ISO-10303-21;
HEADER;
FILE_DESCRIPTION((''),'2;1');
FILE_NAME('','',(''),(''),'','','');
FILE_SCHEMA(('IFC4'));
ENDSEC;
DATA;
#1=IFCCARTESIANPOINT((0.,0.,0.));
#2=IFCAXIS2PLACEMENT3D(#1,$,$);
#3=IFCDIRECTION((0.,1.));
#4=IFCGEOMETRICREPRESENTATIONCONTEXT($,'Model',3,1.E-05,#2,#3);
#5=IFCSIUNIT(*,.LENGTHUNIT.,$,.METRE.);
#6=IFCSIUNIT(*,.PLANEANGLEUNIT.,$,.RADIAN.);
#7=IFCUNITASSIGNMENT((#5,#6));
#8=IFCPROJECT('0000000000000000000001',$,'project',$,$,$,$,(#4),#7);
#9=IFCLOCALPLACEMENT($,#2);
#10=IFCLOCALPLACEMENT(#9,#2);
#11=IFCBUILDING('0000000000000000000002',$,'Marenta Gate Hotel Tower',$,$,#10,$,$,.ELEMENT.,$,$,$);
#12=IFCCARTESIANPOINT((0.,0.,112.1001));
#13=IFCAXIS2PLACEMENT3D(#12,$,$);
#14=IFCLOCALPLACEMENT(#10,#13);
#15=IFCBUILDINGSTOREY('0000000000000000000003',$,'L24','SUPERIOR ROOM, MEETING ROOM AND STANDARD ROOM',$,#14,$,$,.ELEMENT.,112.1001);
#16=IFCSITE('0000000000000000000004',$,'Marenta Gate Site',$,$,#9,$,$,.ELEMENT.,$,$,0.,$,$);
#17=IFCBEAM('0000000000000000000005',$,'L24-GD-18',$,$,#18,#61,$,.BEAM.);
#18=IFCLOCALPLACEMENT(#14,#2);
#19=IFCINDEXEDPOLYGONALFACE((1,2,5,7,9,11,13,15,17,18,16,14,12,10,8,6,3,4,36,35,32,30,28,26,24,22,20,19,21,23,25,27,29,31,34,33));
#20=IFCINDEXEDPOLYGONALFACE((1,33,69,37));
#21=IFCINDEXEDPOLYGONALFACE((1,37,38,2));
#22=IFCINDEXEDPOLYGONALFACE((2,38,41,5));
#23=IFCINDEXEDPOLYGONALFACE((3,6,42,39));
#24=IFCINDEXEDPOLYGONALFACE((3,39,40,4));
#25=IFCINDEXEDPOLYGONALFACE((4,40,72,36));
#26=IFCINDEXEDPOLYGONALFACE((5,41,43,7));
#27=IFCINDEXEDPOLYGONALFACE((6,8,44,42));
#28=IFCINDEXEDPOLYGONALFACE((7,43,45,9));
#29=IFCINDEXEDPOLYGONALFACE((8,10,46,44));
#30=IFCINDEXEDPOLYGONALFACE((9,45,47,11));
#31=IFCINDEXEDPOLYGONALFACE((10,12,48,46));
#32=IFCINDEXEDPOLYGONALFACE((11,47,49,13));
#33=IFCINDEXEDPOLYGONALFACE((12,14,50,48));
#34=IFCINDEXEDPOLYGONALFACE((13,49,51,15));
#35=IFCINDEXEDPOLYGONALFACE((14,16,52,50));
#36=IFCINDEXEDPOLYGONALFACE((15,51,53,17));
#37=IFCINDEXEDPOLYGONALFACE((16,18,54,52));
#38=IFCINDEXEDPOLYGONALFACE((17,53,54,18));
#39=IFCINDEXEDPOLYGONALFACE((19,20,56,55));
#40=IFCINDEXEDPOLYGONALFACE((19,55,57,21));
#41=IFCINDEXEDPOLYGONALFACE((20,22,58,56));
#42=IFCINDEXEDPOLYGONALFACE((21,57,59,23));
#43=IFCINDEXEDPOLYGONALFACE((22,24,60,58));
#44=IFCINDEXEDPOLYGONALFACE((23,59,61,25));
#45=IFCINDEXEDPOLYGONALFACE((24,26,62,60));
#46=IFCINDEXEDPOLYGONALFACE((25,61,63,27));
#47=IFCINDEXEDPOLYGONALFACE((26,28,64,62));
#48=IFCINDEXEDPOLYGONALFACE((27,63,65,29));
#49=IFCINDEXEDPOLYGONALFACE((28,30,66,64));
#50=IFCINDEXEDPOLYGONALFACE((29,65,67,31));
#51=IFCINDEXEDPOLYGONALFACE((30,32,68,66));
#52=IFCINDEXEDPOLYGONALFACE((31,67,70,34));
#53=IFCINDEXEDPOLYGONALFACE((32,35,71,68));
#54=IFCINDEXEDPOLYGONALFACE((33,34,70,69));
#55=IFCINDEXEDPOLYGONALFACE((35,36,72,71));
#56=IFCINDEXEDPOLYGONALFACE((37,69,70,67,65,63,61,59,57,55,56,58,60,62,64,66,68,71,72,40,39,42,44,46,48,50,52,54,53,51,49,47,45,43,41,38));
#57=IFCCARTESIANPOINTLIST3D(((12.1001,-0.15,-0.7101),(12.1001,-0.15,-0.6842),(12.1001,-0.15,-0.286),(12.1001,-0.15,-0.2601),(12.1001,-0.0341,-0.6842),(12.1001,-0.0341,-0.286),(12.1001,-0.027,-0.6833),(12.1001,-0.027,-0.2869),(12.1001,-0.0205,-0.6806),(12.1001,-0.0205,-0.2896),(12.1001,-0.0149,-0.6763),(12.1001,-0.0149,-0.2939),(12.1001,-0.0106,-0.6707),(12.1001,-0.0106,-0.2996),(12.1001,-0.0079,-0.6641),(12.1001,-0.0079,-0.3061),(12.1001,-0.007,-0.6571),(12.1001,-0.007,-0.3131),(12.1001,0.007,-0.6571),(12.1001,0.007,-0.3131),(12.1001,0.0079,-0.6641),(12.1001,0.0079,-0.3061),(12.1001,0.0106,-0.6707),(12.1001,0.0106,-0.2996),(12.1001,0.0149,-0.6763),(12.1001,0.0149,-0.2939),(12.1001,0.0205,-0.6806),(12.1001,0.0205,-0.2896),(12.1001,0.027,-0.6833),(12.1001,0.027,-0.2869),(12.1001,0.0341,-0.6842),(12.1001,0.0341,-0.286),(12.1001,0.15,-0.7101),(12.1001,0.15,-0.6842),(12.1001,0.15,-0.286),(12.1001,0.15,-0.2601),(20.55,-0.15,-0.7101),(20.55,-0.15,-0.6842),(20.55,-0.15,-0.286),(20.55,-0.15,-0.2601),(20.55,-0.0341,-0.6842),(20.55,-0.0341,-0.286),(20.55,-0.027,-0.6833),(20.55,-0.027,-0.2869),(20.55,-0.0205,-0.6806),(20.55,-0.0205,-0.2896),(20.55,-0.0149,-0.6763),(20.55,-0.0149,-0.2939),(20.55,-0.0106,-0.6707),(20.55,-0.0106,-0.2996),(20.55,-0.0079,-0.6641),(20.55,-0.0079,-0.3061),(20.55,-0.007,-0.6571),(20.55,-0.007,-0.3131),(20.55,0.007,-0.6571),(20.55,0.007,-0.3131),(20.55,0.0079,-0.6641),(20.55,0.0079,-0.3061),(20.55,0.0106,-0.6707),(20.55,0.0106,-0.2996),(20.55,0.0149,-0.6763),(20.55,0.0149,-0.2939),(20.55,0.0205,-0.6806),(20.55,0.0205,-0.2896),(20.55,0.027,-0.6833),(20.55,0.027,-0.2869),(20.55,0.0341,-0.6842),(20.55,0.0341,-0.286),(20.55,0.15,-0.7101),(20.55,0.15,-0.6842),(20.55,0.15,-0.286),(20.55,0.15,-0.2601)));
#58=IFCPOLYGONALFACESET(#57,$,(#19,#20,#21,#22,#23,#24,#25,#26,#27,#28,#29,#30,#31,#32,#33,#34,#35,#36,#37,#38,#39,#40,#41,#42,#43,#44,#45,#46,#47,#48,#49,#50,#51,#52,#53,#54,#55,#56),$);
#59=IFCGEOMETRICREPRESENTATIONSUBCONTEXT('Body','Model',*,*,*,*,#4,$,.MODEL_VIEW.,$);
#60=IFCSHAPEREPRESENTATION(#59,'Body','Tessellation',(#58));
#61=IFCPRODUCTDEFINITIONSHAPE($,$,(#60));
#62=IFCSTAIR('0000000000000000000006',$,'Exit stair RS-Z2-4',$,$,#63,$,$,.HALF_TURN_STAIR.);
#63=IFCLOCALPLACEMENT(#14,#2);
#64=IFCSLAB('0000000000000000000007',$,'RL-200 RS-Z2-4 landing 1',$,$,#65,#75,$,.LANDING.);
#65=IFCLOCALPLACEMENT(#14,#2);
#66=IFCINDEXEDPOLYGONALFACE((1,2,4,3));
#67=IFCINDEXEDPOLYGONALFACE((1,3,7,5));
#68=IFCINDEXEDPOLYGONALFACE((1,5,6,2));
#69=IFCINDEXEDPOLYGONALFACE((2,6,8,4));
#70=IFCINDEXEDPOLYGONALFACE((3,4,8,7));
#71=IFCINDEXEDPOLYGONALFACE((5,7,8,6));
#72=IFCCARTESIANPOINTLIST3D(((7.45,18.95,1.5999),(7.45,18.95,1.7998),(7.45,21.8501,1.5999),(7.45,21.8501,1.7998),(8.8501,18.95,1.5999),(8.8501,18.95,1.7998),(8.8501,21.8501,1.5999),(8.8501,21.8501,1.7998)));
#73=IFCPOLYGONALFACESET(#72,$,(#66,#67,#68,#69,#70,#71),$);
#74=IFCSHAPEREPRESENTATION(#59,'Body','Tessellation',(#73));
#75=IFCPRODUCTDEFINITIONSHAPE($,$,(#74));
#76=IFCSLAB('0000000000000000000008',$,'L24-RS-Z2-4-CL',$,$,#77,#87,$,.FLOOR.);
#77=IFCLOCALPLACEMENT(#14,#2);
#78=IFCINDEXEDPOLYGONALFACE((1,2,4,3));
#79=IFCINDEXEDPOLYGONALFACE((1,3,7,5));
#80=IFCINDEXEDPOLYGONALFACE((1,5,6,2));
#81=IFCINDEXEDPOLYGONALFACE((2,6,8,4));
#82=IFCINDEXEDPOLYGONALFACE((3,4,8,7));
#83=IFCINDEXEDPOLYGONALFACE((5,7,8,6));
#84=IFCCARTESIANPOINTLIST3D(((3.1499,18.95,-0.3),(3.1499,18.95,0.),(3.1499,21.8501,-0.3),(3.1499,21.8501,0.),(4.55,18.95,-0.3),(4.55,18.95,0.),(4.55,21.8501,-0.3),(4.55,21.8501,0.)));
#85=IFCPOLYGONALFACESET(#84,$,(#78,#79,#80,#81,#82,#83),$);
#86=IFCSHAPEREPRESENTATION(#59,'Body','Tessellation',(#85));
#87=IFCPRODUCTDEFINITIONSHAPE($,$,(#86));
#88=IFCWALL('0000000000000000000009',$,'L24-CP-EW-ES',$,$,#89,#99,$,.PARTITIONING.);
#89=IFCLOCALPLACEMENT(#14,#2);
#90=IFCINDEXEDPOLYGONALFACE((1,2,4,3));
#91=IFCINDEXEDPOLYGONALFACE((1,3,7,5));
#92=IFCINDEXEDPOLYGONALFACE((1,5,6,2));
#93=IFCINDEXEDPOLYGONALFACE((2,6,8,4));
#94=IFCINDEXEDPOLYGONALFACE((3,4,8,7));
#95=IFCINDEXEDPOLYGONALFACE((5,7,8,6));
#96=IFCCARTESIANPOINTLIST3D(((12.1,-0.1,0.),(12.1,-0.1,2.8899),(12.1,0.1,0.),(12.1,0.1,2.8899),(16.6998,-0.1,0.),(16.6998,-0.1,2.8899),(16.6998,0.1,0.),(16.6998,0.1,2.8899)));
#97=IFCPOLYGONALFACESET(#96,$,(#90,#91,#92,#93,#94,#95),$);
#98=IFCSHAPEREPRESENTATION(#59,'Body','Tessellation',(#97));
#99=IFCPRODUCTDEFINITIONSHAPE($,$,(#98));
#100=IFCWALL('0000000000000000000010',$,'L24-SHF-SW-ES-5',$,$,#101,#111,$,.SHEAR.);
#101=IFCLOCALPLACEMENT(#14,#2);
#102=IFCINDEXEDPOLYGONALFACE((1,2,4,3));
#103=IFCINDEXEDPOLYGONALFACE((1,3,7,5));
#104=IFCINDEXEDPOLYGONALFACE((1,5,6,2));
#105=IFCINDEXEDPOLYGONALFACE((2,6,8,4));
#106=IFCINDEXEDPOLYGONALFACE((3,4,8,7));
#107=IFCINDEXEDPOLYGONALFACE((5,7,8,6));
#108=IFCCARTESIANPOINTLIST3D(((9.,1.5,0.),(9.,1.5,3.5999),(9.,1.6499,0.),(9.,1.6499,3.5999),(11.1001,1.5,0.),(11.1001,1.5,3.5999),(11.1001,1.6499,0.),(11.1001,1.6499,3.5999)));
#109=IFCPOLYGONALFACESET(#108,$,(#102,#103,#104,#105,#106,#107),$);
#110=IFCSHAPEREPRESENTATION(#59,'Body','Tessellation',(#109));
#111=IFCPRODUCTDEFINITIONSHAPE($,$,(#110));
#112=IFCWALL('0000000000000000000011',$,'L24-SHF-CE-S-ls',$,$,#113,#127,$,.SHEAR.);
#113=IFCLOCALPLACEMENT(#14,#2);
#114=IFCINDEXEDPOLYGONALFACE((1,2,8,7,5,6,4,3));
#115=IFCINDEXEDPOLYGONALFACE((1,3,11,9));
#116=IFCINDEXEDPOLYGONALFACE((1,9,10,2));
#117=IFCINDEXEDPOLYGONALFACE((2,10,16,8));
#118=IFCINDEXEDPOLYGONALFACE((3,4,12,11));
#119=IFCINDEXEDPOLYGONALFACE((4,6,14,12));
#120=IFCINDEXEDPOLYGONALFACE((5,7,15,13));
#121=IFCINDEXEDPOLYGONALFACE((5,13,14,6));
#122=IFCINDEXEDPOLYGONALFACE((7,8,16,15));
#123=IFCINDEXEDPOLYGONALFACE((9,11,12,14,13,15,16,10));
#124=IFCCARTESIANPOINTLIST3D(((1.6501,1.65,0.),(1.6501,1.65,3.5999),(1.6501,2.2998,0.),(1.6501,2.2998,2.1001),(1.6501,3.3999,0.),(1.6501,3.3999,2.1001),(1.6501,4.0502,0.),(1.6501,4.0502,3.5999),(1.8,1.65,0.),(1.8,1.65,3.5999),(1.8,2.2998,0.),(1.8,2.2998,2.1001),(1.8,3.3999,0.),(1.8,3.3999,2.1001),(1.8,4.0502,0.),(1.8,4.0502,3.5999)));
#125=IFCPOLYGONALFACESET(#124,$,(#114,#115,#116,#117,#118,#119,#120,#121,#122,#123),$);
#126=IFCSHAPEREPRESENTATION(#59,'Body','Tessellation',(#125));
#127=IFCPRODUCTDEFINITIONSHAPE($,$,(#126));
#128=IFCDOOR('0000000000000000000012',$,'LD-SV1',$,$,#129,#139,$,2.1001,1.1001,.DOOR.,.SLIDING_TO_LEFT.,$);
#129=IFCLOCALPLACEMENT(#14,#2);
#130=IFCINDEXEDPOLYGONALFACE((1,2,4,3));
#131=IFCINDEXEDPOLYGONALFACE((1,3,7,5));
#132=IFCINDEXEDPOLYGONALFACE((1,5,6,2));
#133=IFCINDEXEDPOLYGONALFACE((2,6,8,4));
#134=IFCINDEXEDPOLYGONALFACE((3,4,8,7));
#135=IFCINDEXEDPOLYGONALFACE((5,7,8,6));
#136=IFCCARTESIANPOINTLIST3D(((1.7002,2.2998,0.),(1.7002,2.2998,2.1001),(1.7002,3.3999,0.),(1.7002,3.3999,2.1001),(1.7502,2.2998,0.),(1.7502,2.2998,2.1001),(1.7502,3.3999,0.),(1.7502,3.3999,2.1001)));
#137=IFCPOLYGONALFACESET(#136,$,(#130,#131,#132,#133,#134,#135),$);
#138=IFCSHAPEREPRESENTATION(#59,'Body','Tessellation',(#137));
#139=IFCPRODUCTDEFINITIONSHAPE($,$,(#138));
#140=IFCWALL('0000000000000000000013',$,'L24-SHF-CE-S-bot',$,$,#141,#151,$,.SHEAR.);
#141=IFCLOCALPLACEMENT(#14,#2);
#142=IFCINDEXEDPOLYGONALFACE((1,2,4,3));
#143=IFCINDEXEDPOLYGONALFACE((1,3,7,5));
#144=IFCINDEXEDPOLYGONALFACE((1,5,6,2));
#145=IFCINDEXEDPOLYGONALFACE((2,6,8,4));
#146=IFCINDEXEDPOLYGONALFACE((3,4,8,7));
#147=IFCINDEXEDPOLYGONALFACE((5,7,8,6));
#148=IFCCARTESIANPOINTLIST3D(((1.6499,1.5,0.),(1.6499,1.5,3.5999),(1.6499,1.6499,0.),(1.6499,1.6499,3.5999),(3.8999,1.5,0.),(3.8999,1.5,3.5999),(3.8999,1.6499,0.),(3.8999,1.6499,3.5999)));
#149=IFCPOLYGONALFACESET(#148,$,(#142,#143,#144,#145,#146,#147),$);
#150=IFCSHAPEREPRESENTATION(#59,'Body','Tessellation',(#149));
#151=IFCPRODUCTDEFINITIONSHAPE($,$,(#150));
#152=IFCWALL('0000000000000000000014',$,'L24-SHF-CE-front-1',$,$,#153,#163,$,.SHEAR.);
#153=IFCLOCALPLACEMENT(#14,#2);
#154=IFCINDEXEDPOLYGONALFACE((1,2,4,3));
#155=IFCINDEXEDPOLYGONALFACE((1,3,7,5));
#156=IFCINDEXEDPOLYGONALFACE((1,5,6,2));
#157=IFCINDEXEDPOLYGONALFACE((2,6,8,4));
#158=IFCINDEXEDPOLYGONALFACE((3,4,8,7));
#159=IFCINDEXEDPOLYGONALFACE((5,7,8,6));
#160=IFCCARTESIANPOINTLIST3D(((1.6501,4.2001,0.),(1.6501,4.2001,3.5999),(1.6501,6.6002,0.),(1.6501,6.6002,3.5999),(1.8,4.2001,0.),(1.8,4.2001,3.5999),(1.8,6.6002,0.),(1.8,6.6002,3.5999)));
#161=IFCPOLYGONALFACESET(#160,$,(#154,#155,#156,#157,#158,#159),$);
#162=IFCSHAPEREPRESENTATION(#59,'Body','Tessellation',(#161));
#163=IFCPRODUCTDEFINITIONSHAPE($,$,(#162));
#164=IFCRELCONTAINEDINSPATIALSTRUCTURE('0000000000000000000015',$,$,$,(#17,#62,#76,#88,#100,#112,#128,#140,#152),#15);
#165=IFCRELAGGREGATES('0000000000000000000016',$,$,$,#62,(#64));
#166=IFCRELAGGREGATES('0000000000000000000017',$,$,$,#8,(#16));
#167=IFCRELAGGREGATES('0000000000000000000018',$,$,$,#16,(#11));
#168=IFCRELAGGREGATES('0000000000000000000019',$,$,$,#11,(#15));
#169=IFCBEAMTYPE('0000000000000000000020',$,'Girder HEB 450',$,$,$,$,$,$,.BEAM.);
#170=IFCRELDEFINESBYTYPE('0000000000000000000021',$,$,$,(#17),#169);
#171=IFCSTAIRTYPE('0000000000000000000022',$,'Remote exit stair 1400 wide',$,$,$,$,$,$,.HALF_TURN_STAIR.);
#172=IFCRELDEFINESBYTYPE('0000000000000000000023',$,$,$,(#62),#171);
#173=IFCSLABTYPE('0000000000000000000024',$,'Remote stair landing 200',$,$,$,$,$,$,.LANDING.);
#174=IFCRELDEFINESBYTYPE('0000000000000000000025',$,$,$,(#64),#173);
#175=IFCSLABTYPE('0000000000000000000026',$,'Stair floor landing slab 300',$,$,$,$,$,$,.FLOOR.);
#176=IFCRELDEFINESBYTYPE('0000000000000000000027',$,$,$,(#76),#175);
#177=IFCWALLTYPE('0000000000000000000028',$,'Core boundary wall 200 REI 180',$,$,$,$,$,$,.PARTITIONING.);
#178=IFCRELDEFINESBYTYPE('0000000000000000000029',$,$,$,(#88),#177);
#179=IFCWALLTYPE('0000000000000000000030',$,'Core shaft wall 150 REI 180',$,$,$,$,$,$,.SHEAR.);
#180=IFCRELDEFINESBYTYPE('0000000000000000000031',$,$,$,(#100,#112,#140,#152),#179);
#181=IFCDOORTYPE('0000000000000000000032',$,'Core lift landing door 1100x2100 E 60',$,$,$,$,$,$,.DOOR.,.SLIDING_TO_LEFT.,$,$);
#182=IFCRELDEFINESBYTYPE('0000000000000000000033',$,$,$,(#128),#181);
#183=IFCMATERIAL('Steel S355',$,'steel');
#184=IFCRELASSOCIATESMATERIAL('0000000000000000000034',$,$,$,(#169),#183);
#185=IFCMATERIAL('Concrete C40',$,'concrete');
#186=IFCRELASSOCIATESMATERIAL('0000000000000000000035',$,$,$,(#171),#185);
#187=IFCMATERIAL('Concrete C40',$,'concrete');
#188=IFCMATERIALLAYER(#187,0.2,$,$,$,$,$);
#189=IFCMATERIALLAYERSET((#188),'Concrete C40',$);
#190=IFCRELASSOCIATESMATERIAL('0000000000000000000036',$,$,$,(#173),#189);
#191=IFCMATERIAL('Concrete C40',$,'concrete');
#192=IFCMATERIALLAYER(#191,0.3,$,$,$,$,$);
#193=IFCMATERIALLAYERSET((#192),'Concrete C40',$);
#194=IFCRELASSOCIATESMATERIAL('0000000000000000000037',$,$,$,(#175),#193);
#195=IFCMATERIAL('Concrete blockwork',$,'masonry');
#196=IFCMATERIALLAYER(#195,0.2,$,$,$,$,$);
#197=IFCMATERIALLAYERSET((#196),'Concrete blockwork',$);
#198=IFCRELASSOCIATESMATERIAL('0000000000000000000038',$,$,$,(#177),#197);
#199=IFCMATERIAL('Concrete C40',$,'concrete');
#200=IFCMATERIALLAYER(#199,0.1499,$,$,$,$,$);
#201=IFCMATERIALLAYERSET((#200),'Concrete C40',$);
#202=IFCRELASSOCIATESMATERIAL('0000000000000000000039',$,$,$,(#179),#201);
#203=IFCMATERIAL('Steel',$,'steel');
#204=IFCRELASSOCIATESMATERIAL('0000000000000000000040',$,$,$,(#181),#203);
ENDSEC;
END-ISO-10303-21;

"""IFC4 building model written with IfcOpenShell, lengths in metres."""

from ifc_helpers import new_model, si_unit, direction, frame, frame_2d, origin, origin_2d, place, context, subcontext, project, spatial, polyline, rectangle, i_section, outline, extrude, material, layer, layer_set, material_profile, profile_set, type_object, element, fill, aggregate, save


model = new_model("IFC4")

# Units and contexts
model_context = context("Model", 3, precision=1e-05, world=origin(), true_north=direction((0.0, 1.0)))
body_context = subcontext(model_context, "Body", "Model", "MODEL_VIEW")
ifc_project = project(units=[si_unit("LENGTHUNIT", "METRE"), si_unit("PLANEANGLEUNIT", "RADIAN")], contexts=[model_context])

# Site, building, storey
site_placement = place(None, origin())
site = spatial("IfcSite", under=ifc_project, at=site_placement, Name="Marenta Gate Site", CompositionType="ELEMENT", RefElevation=0.0)
building_placement = place(site_placement, origin())
building = spatial("IfcBuilding", under=site, at=building_placement, Name="Marenta Gate Hotel Tower", CompositionType="ELEMENT")
storey_placement = place(building_placement, frame((0.0, 0.0, 112.1001)))
storey = spatial("IfcBuildingStorey", under=building, at=storey_placement, Name="L24", Description="SUPERIOR ROOM, MEETING ROOM AND STANDARD ROOM", CompositionType="ELEMENT", Elevation=112.1001)

# Beam
ifc_material_1 = material(Name="Steel S355", Category="steel")
ifc_material_profile = material_profile(ifc_material_1, i_section(OverallWidth=0.3, OverallDepth=0.45, WebThickness=0.0139, FlangeThickness=0.0259, FilletRadius=0.0271, at=origin_2d()), Name="HEB 450")
ifc_profile_set = profile_set([ifc_material_profile], Name="Steel S355")
beam_type = type_object("IfcBeamType", Name="Girder HEB 450", PredefinedType="BEAM", material=ifc_profile_set)
beam_placement = place(storey_placement, frame((12.1001, 0.0, -0.4851), z_axis=(1.0, 0.0, 0.0), x_axis=(0.0, 1.0, 0.0)))
element("IfcBeam", 1, at=beam_placement, inside=storey, type_object=beam_type, Name="L24-GD-18", PredefinedType="BEAM", context=body_context, shape_type="SweptSolid", body=[
    extrude(i_section(OverallWidth=0.3, OverallDepth=0.45, WebThickness=0.0139, FlangeThickness=0.0259, FilletRadius=0.0271, at=origin_2d()), origin(), (0.0, 0.0, 1.0), 8.45),
])

# Stair, slab
ifc_material_2 = material(Name="Concrete C40", Category="concrete")
stair_type_1 = type_object("IfcStairType", Name="Remote exit stair 1400 wide", PredefinedType="HALF_TURN_STAIR", material=ifc_material_2)
stair_1_placement = place(storey_placement, origin())
stair_1 = element("IfcStair", 2, at=stair_1_placement, inside=storey, type_object=stair_type_1, Name="Exit stair RS-Z2-4", PredefinedType="HALF_TURN_STAIR")
ifc_material_3 = material(Name="Concrete C40", Category="concrete")
ifc_layer_1 = layer(ifc_material_3, 0.2)
ifc_layer_set_1 = layer_set([ifc_layer_1], Name="Concrete C40")
slab_type_1 = type_object("IfcSlabType", Name="Remote stair landing 200", PredefinedType="LANDING", material=ifc_layer_set_1)
slab_1_placement = place(storey_placement, frame((0.0, 0.0, 1.5999)))
slab_1 = element("IfcSlab", 3, at=slab_1_placement, type_object=slab_type_1, Name="RL-200 RS-Z2-4 landing 1", PredefinedType="LANDING", context=body_context, shape_type="SweptSolid", body=[
    extrude(outline(polyline([(7.45, 18.95), (8.8501, 18.95), (8.8501, 21.8501), (7.45, 21.8501), (7.45, 18.95)])), origin(), (0.0, 0.0, 1.0), 0.2),
])
aggregate(stair_1, [slab_1])

# Slab
ifc_material_4 = material(Name="Concrete C40", Category="concrete")
ifc_layer_2 = layer(ifc_material_4, 0.3)
ifc_layer_set_2 = layer_set([ifc_layer_2], Name="Concrete C40")
slab_type_2 = type_object("IfcSlabType", Name="Stair floor landing slab 300", PredefinedType="FLOOR", material=ifc_layer_set_2)
slab_2_placement = place(storey_placement, frame((0.0, 0.0, -0.3)))
element("IfcSlab", 4, at=slab_2_placement, inside=storey, type_object=slab_type_2, Name="L24-RS-Z2-4-CL", PredefinedType="FLOOR", context=body_context, shape_type="SweptSolid", body=[
    extrude(outline(polyline([(4.55, 18.95), (4.55, 21.8501), (3.1499, 21.8501), (3.1499, 18.95), (4.55, 18.95)])), origin(), (0.0, 0.0, 1.0), 0.3),
])

# Walls
ifc_material_5 = material(Name="Concrete blockwork", Category="masonry")
ifc_layer_3 = layer(ifc_material_5, 0.2)
ifc_layer_set_3 = layer_set([ifc_layer_3], Name="Concrete blockwork")
wall_type_1 = type_object("IfcWallType", Name="Core boundary wall 200 REI 180", PredefinedType="PARTITIONING", material=ifc_layer_set_3)
wall_1_placement = place(storey_placement, frame((12.1001, 0.0, 0.0), z_axis=(0.0, 0.0, 1.0), x_axis=(1.0, 0.0, 0.0)))
element("IfcWall", 5, at=wall_1_placement, inside=storey, type_object=wall_type_1, Name="L24-CP-EW-ES", PredefinedType="PARTITIONING", context=body_context, shape_type="SweptSolid", body=[
    extrude(rectangle(XDim=4.5999, YDim=0.2, at=frame_2d((2.2998, 0.0))), origin(), (0.0, 0.0, 1.0), 2.8899),
])
ifc_material_6 = material(Name="Concrete C40", Category="concrete")
ifc_layer_4 = layer(ifc_material_6, 0.1499)
ifc_layer_set_4 = layer_set([ifc_layer_4], Name="Concrete C40")
wall_type_2 = type_object("IfcWallType", Name="Core shaft wall 150 REI 180", PredefinedType="SHEAR", material=ifc_layer_set_4)
wall_2_placement = place(storey_placement, frame((9.0, 1.575, 0.0), z_axis=(0.0, 0.0, 1.0), x_axis=(1.0, 0.0, 0.0)))
element("IfcWall", 6, at=wall_2_placement, inside=storey, type_object=wall_type_2, Name="L24-SHF-SW-ES-5", PredefinedType="SHEAR", context=body_context, shape_type="SweptSolid", body=[
    extrude(rectangle(XDim=2.1001, YDim=0.1499, at=frame_2d((1.05, 0.0))), origin(), (0.0, 0.0, 1.0), 3.5999),
])

# Wall, opening, door
wall_3_placement = place(storey_placement, frame((1.7251, 1.6499, 0.0), z_axis=(0.0, 0.0, 1.0), x_axis=(0.0, 1.0, 0.0)))
wall_3 = element("IfcWall", 7, at=wall_3_placement, inside=storey, type_object=wall_type_2, Name="L24-SHF-CE-S-ls", PredefinedType="SHEAR", context=body_context, shape_type="SweptSolid", body=[
    extrude(rectangle(XDim=2.4001, YDim=0.1499, at=frame_2d((1.2002, 0.0))), origin(), (0.0, 0.0, 1.0), 3.5999),
])
opening_1_placement = place(wall_3_placement, frame((0.6499, 0.0, 0.0)))
opening_1 = element("IfcOpeningElement", 8, at=opening_1_placement, cuts=wall_3, PredefinedType="OPENING", context=body_context, shape_type="SweptSolid", body=[
    extrude(rectangle(XDim=1.1001, YDim=2.1001, at=frame_2d((0.55, 1.05))), frame((0.0, 0.075, 0.0), z_axis=(0.0, -1.0, 0.0), x_axis=(1.0, 0.0, 0.0)), (0.0, 0.0, 1.0), 0.1499),
])
ifc_material_7 = material(Name="Steel", Category="steel")
door_type_1 = type_object("IfcDoorType", Name="Core lift landing door 1100x2100 E 60", OperationType="SLIDING_TO_LEFT", PredefinedType="DOOR", material=ifc_material_7)
door_1_placement = place(opening_1_placement, origin())
door_1 = element("IfcDoor", 9, at=door_1_placement, inside=storey, type_object=door_type_1, Name="LD-SV1", OperationType="SLIDING_TO_LEFT", OverallHeight=2.1001, OverallWidth=1.1001, PredefinedType="DOOR", context=body_context, shape_type="SweptSolid", body=[
    extrude(rectangle(XDim=1.1001, YDim=2.1001, at=frame_2d((0.55, 1.05))), frame((0.0, 0.0249, 0.0), z_axis=(0.0, -1.0, 0.0), x_axis=(1.0, 0.0, 0.0)), (0.0, 0.0, 1.0), 0.05),
])
fill(opening_1, door_1)

# Walls
wall_4_placement = place(storey_placement, frame((1.6499, 1.575, 0.0), z_axis=(0.0, 0.0, 1.0), x_axis=(1.0, 0.0, 0.0)))
element("IfcWall", 10, at=wall_4_placement, inside=storey, type_object=wall_type_2, Name="L24-SHF-CE-S-bot", PredefinedType="SHEAR", context=body_context, shape_type="SweptSolid", body=[
    extrude(rectangle(XDim=2.25, YDim=0.1499, at=frame_2d((1.125, 0.0))), origin(), (0.0, 0.0, 1.0), 3.5999),
])
wall_5_placement = place(storey_placement, frame((1.7251, 4.2, 0.0), z_axis=(0.0, 0.0, 1.0), x_axis=(0.0, 1.0, 0.0)))
element("IfcWall", 11, at=wall_5_placement, inside=storey, type_object=wall_type_2, Name="L24-SHF-CE-front-1", PredefinedType="SHEAR", context=body_context, shape_type="SweptSolid", body=[
    extrude(rectangle(XDim=2.4001, YDim=0.1499, at=frame_2d((1.2002, 0.0))), origin(), (0.0, 0.0, 1.0), 3.5999),
])

save(model, "model.ifc")
